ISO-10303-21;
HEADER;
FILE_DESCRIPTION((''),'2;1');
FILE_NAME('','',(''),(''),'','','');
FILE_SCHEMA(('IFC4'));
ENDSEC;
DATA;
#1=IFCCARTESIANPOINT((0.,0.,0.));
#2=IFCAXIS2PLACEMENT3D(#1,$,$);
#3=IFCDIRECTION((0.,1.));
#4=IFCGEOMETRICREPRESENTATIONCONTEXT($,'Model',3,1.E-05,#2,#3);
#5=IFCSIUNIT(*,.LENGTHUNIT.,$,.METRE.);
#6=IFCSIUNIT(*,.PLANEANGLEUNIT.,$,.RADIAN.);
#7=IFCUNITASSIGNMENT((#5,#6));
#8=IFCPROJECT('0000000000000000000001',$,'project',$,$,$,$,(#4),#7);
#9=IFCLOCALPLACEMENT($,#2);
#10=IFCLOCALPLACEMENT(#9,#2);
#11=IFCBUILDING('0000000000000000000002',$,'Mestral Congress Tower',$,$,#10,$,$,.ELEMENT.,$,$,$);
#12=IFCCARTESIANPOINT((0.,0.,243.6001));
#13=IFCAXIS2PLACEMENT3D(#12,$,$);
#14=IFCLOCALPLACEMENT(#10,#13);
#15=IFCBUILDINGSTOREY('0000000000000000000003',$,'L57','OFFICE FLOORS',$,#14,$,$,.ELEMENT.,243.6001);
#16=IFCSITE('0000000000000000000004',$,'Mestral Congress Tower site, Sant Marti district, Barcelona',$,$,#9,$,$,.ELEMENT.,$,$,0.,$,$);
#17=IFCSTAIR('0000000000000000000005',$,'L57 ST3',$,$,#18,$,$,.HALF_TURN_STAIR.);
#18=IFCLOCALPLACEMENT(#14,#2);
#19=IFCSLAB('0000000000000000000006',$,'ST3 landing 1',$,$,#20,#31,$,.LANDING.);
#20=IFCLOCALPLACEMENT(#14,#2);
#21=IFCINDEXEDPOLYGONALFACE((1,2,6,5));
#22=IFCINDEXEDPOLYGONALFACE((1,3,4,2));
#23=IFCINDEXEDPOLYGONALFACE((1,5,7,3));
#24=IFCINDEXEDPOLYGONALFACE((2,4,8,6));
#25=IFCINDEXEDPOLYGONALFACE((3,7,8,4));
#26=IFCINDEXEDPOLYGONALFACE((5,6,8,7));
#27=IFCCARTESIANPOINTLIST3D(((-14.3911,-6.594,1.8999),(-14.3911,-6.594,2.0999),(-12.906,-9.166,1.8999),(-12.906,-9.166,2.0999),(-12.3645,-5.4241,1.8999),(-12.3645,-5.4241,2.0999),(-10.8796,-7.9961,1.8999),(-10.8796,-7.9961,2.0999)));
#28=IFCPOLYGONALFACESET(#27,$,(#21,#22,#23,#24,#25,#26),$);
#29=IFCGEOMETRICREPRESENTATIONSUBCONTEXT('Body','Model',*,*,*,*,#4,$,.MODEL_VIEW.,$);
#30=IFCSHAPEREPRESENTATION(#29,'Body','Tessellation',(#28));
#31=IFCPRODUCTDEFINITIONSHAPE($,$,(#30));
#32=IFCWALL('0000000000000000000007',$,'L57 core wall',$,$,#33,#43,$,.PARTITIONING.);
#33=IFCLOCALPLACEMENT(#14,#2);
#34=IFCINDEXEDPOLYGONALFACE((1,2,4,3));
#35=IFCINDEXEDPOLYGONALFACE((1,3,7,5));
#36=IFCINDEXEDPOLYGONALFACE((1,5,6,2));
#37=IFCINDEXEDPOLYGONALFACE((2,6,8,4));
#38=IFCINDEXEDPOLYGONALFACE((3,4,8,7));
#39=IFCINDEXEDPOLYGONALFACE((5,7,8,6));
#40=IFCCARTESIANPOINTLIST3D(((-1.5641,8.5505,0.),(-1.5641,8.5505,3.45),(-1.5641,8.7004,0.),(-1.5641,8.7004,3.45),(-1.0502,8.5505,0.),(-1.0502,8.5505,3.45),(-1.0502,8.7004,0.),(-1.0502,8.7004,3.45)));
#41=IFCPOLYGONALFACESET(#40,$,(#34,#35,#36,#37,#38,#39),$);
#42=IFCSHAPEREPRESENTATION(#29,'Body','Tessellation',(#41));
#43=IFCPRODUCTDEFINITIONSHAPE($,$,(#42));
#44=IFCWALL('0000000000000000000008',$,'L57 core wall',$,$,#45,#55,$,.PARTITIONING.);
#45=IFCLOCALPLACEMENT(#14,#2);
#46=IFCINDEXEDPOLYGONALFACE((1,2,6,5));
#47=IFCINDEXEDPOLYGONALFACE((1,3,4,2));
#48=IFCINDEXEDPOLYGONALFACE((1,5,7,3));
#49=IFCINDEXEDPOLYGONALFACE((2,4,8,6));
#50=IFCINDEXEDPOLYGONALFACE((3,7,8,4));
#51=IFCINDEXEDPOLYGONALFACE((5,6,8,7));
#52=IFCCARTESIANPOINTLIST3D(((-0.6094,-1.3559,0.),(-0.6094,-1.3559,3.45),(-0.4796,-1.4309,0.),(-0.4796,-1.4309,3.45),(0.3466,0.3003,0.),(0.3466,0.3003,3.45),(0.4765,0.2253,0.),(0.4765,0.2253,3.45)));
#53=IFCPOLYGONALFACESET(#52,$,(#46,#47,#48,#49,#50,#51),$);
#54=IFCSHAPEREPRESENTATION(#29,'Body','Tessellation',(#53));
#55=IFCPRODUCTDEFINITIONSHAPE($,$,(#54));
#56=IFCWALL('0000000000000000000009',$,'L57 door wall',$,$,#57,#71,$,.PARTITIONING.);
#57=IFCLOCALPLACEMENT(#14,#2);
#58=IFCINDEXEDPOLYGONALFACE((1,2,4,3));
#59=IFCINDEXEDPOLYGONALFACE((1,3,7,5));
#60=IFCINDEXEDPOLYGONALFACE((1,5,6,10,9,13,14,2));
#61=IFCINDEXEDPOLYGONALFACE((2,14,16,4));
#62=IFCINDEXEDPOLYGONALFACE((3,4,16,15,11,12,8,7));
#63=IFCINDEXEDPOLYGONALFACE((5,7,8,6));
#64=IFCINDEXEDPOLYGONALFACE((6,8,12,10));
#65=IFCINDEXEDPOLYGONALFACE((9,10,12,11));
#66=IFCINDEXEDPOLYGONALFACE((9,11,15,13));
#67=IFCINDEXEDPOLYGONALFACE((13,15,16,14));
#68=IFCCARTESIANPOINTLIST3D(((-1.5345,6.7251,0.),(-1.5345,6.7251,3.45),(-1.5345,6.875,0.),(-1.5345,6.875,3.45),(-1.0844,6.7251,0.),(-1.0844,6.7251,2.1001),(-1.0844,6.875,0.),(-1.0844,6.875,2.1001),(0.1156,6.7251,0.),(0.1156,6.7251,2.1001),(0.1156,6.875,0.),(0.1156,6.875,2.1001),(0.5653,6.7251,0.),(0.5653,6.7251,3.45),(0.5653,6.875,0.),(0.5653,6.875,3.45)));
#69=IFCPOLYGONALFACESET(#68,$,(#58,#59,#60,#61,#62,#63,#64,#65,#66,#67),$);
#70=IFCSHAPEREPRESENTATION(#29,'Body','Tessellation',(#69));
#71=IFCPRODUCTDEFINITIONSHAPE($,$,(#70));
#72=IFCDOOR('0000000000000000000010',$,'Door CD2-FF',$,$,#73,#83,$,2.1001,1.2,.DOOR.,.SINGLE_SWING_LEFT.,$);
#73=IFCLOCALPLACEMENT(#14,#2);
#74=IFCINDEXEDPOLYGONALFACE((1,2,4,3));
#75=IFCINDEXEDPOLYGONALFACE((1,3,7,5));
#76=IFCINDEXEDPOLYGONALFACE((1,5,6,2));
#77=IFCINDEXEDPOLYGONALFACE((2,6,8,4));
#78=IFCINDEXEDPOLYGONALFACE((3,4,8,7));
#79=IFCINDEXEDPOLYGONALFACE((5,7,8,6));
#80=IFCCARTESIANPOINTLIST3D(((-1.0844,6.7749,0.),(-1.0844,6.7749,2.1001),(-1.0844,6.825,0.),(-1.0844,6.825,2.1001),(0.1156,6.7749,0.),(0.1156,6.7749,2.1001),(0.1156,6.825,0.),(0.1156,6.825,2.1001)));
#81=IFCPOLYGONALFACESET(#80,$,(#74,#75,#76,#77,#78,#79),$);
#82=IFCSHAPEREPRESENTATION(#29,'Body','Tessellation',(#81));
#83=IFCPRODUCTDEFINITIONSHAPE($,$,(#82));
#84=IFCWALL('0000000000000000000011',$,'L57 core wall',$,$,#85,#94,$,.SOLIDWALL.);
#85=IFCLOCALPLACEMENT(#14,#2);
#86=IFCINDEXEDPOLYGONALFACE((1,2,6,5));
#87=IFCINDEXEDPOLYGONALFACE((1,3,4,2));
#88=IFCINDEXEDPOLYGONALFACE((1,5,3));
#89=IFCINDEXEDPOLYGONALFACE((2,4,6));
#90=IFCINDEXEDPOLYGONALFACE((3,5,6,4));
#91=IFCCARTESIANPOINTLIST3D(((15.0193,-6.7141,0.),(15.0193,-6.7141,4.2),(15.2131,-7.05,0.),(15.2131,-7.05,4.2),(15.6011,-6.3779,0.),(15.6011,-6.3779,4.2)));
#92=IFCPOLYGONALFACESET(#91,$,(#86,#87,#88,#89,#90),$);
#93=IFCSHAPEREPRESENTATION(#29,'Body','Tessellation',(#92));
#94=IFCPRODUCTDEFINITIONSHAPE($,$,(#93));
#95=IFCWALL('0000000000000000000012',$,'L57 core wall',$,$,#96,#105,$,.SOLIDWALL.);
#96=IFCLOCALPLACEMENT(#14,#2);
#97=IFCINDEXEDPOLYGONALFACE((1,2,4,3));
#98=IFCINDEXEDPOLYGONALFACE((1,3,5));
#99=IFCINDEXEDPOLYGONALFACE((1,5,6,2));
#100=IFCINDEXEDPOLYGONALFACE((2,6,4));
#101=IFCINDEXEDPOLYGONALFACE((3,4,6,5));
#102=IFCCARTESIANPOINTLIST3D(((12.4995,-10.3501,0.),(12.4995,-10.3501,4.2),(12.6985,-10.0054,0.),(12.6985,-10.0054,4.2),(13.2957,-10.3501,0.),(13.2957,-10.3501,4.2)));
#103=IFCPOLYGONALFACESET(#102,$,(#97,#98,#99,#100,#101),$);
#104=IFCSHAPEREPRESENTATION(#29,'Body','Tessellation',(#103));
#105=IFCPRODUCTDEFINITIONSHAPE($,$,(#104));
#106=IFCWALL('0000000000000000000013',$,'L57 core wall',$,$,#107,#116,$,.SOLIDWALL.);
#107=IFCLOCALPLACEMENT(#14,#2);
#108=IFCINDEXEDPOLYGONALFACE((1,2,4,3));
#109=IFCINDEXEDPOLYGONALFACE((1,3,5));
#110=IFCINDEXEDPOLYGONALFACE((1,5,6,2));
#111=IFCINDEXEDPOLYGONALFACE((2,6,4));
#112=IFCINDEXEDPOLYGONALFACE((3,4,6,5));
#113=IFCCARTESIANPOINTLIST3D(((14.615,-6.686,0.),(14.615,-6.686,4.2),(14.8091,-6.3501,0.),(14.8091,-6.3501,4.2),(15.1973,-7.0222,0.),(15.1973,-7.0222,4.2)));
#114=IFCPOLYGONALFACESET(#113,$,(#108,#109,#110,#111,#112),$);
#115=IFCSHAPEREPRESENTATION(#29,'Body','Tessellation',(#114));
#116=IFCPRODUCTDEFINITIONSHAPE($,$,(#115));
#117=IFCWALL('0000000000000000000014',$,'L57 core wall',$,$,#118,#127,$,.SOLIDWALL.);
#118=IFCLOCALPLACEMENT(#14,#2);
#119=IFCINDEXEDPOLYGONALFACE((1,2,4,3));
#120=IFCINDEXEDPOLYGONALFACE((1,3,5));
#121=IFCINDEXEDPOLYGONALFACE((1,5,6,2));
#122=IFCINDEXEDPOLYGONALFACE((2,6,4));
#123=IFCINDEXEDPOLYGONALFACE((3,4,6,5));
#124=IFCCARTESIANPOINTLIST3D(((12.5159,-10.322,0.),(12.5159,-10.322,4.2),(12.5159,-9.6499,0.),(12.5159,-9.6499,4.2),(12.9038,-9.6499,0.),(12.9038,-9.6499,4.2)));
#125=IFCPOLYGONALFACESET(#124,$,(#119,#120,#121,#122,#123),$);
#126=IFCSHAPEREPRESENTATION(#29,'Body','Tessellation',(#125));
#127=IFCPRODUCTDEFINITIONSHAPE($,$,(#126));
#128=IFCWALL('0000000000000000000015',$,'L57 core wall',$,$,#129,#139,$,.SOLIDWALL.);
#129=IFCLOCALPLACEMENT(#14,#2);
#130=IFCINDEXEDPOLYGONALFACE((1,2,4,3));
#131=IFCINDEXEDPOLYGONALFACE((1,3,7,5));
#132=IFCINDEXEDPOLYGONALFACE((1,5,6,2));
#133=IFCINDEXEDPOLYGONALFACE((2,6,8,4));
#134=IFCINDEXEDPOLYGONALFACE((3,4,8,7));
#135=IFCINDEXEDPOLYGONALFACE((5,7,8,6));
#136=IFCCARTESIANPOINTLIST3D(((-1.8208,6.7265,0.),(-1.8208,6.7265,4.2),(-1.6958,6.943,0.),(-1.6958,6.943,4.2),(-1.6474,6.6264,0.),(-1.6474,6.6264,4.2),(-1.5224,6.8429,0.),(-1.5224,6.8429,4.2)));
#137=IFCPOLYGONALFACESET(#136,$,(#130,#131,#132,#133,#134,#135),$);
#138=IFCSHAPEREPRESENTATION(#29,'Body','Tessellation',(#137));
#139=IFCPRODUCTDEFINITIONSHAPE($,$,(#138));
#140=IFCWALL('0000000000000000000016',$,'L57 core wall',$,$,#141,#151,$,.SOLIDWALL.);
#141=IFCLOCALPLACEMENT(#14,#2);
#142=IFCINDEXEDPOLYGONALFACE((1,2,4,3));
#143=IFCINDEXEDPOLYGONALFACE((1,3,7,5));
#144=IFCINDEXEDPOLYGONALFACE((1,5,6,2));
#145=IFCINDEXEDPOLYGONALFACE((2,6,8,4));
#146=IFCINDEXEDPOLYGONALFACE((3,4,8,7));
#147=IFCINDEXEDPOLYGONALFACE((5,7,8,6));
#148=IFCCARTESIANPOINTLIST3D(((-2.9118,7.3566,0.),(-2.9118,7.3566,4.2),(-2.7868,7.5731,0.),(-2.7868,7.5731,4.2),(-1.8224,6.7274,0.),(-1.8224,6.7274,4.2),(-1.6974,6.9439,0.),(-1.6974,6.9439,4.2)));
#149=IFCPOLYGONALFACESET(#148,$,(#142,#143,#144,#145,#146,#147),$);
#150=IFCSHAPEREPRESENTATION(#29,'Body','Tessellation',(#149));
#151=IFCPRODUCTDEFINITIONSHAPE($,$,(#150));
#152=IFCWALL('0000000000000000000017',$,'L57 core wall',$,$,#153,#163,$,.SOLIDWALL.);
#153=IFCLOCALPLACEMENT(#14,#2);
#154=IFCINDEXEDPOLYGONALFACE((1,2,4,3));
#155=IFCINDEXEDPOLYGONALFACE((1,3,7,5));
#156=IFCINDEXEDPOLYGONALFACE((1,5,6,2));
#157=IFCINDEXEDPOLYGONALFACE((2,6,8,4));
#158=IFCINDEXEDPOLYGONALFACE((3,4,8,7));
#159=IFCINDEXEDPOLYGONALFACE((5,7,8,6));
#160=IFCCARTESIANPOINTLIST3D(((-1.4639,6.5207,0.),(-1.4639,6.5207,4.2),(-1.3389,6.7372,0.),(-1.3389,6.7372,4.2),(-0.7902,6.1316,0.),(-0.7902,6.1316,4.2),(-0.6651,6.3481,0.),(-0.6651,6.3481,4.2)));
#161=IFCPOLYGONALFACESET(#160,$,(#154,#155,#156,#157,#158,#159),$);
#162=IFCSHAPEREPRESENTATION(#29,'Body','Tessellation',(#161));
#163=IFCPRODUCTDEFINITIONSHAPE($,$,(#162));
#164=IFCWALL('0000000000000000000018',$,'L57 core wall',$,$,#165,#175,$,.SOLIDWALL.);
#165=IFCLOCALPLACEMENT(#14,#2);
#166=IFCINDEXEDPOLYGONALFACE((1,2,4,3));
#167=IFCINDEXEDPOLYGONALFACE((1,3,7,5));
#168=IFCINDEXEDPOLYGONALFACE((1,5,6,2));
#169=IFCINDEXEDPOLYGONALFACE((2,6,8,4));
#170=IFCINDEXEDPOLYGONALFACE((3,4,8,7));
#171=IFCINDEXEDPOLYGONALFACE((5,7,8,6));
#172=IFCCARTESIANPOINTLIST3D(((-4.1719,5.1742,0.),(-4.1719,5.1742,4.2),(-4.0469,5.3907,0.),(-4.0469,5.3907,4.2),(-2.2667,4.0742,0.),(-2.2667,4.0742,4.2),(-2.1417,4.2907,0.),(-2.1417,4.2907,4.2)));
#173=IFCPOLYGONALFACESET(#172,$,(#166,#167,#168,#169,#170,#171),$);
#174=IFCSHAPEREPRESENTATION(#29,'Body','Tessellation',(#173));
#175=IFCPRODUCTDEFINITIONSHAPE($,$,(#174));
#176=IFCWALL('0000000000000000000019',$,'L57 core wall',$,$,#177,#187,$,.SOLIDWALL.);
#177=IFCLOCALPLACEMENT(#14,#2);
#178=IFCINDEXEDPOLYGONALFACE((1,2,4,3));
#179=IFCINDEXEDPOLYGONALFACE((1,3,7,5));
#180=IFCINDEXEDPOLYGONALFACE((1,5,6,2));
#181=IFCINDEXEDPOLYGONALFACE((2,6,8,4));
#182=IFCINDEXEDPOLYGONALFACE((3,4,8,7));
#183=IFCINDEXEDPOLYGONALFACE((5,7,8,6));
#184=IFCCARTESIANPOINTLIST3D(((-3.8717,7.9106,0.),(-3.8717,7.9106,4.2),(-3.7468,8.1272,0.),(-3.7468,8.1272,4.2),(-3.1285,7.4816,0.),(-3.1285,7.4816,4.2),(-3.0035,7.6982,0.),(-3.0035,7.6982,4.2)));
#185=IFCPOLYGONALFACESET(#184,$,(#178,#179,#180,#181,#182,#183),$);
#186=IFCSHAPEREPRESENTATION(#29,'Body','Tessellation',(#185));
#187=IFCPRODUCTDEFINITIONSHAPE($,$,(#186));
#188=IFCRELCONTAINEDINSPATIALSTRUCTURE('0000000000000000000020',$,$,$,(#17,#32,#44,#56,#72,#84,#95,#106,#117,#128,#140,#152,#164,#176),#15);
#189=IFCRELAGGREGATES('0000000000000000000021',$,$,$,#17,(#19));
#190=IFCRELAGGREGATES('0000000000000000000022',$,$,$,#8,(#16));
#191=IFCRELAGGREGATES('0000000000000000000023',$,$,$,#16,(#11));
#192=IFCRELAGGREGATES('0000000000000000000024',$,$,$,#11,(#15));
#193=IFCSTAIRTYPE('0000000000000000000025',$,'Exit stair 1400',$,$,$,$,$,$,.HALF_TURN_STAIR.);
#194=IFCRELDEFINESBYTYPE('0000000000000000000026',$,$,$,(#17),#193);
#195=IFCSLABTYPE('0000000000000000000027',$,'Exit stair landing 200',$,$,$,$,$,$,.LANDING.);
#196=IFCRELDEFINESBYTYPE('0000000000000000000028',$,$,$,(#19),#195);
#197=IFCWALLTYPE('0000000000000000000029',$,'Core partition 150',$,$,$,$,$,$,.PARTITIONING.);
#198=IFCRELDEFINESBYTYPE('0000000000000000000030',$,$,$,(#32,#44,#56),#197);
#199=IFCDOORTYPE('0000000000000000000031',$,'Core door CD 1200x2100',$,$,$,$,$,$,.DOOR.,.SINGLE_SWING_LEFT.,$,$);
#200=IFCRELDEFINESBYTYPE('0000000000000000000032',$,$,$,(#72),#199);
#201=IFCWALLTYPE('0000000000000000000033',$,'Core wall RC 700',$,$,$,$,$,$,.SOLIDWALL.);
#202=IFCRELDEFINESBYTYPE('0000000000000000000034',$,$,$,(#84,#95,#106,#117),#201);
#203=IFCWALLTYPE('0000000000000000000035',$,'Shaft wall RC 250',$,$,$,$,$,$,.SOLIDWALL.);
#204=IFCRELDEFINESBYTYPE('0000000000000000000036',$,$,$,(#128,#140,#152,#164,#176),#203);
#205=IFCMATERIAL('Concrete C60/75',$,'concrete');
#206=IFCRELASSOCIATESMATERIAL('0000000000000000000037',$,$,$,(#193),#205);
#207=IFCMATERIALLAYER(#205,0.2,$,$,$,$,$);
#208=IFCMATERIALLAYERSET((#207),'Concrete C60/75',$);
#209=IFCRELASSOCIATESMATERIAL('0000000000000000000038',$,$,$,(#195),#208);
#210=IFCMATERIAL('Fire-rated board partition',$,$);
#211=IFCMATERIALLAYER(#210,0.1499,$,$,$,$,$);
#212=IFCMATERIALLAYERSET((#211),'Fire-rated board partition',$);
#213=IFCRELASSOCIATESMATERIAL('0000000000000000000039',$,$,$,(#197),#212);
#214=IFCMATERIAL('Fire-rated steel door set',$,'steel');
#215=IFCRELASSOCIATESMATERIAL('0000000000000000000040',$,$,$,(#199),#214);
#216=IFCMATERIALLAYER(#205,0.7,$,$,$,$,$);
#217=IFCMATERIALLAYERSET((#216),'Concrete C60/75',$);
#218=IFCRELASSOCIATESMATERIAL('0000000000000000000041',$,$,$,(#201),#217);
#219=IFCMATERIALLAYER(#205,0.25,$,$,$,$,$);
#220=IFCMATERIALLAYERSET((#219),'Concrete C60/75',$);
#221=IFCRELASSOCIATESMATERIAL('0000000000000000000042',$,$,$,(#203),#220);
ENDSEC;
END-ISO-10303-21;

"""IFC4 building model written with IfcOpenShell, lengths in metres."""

from ifc_helpers import new_model, si_unit, direction, frame, frame_2d, origin, place, context, subcontext, project, spatial, polyline, rectangle, outline, extrude, material, layer, layer_set, type_object, element, fill, aggregate, save


model = new_model("IFC4")

# Units and contexts
model_context = context("Model", 3, precision=1e-05, world=origin(), true_north=direction((0.0, 1.0)))
body_context = subcontext(model_context, "Body", "Model", "MODEL_VIEW")
ifc_project = project(units=[si_unit("LENGTHUNIT", "METRE"), si_unit("PLANEANGLEUNIT", "RADIAN")], contexts=[model_context])

# Site, building, storey
site_placement = place(None, origin())
site = spatial("IfcSite", under=ifc_project, at=site_placement, Name="Mestral Congress Tower site, Sant Marti district, Barcelona", CompositionType="ELEMENT", RefElevation=0.0)
building_placement = place(site_placement, origin())
building = spatial("IfcBuilding", under=site, at=building_placement, Name="Mestral Congress Tower", CompositionType="ELEMENT")
storey_placement = place(building_placement, frame((0.0, 0.0, 243.6001)))
storey = spatial("IfcBuildingStorey", under=building, at=storey_placement, Name="L57", Description="OFFICE FLOORS", CompositionType="ELEMENT", Elevation=243.6001)

# Shared definitions
ifc_material_1 = material(Name="Concrete C60/75", Category="concrete")

# Stair, slab
stair_type = type_object("IfcStairType", Name="Exit stair 1400", PredefinedType="HALF_TURN_STAIR", material=ifc_material_1)
placement_1 = place(storey_placement, origin())
ifc_layer_1 = layer(ifc_material_1, 0.2)
ifc_layer_set_1 = layer_set([ifc_layer_1], Name="Concrete C60/75")
slab_type_1 = type_object("IfcSlabType", Name="Exit stair landing 200", PredefinedType="LANDING", material=ifc_layer_set_1)
placement_2 = place(storey_placement, frame((0.0, 0.0, 1.8999)))
stair_1 = element("IfcStair", 1, at=placement_1, inside=storey, type_object=stair_type, Name="L57 ST3", PredefinedType="HALF_TURN_STAIR")
slab_1 = element("IfcSlab", 2, at=placement_2, type_object=slab_type_1, Name="ST3 landing 1", PredefinedType="LANDING", context=body_context, shape_type="SweptSolid", body=[
    extrude(outline(polyline([(-12.3645, -5.4241), (-10.8796, -7.9961), (-12.906, -9.166), (-14.3911, -6.594), (-12.3645, -5.4241)])), origin(), (0.0, 0.0, 1.0), 0.2),
])
aggregate(stair_1, [slab_1])

# Walls
ifc_material_2 = material(Name="Fire-rated board partition")
ifc_layer_2 = layer(ifc_material_2, 0.1499)
ifc_layer_set_2 = layer_set([ifc_layer_2], Name="Fire-rated board partition")
wall_type_1 = type_object("IfcWallType", Name="Core partition 150", PredefinedType="PARTITIONING", material=ifc_layer_set_2)
wall_1_placement = place(storey_placement, frame((-1.564, 8.6255, 0.0), z_axis=(0.0, 0.0, 1.0), x_axis=(1.0, 0.0, 0.0)))
element("IfcWall", 3, at=wall_1_placement, inside=storey, type_object=wall_type_1, Name="L57 core wall", PredefinedType="PARTITIONING", context=body_context, shape_type="SweptSolid", body=[
    extrude(rectangle(XDim=0.5139, YDim=0.1499, at=frame_2d((0.2568, 0.0))), origin(), (0.0, 0.0, 1.0), 3.45),
])
wall_2_placement = place(storey_placement, frame((-0.5444, -1.3933, 0.0), z_axis=(0.0, 0.0, 1.0), x_axis=(0.499929, 0.866067, 0.0)))
element("IfcWall", 4, at=wall_2_placement, inside=storey, type_object=wall_type_1, Name="L57 core wall", PredefinedType="PARTITIONING", context=body_context, shape_type="SweptSolid", body=[
    extrude(rectangle(XDim=1.9124, YDim=0.1499, at=frame_2d((0.9561, 0.0))), origin(), (0.0, 0.0, 1.0), 3.45),
])

# Wall, opening, door
wall_3_placement = place(storey_placement, frame((-1.5344, 6.8, 0.0), z_axis=(0.0, 0.0, 1.0), x_axis=(1.0, 0.0, 0.0)))
wall_3 = element("IfcWall", 5, at=wall_3_placement, inside=storey, type_object=wall_type_1, Name="L57 door wall", PredefinedType="PARTITIONING", context=body_context, shape_type="SweptSolid", body=[
    extrude(rectangle(XDim=2.0999, YDim=0.1499, at=frame_2d((1.0498, 0.0))), origin(), (0.0, 0.0, 1.0), 3.45),
])
opening_1_placement = place(wall_3_placement, frame((0.45, 0.0, 0.0)))
opening_1 = element("IfcOpeningElement", 6, at=opening_1_placement, cuts=wall_3, PredefinedType="OPENING", context=body_context, shape_type="SweptSolid", body=[
    extrude(rectangle(XDim=1.2, YDim=2.1001, at=frame_2d((0.6001, 1.05))), frame((0.0, 0.085, 0.0), z_axis=(0.0, -1.0, 0.0), x_axis=(1.0, 0.0, 0.0)), (0.0, 0.0, 1.0), 0.1699),
])
ifc_material_3 = material(Name="Fire-rated steel door set", Category="steel")
door_type_1 = type_object("IfcDoorType", Name="Core door CD 1200x2100", OperationType="SINGLE_SWING_LEFT", PredefinedType="DOOR", material=ifc_material_3)
door_1_placement = place(opening_1_placement, origin())
door_1 = element("IfcDoor", 7, at=door_1_placement, inside=storey, type_object=door_type_1, Name="Door CD2-FF", OperationType="SINGLE_SWING_LEFT", OverallHeight=2.1001, OverallWidth=1.2, PredefinedType="DOOR", context=body_context, shape_type="SweptSolid", body=[
    extrude(rectangle(XDim=1.2, YDim=2.1001, at=frame_2d((0.6001, 1.05))), frame((0.0, 0.0249, 0.0), z_axis=(0.0, -1.0, 0.0), x_axis=(1.0, 0.0, 0.0)), (0.0, 0.0, 1.0), 0.05),
])
fill(opening_1, door_1)

# Walls
ifc_layer_3 = layer(ifc_material_1, 0.7)
ifc_layer_set_3 = layer_set([ifc_layer_3], Name="Concrete C60/75")
wall_type_2 = type_object("IfcWallType", Name="Core wall RC 700", PredefinedType="SOLIDWALL", material=ifc_layer_set_3)
element("IfcWall", 8, at=placement_1, inside=storey, type_object=wall_type_2, Name="L57 core wall", PredefinedType="SOLIDWALL", context=body_context, shape_type="SweptSolid", body=[
    extrude(outline(polyline([(15.2131, -7.05), (15.0193, -6.7141), (15.6011, -6.3779), (15.2131, -7.05)])), origin(), (0.0, 0.0, 1.0), 4.2),
])
element("IfcWall", 9, at=placement_1, inside=storey, type_object=wall_type_2, Name="L57 core wall", PredefinedType="SOLIDWALL", context=body_context, shape_type="SweptSolid", body=[
    extrude(outline(polyline([(12.4995, -10.3501), (12.6985, -10.0054), (13.2957, -10.3501), (12.4995, -10.3501)])), origin(), (0.0, 0.0, 1.0), 4.2),
])
element("IfcWall", 10, at=placement_1, inside=storey, type_object=wall_type_2, Name="L57 core wall", PredefinedType="SOLIDWALL", context=body_context, shape_type="SweptSolid", body=[
    extrude(outline(polyline([(14.8091, -6.3501), (15.1973, -7.0222), (14.615, -6.686), (14.8091, -6.3501)])), origin(), (0.0, 0.0, 1.0), 4.2),
])
element("IfcWall", 11, at=placement_1, inside=storey, type_object=wall_type_2, Name="L57 core wall", PredefinedType="SOLIDWALL", context=body_context, shape_type="SweptSolid", body=[
    extrude(outline(polyline([(12.9038, -9.6499), (12.5159, -10.322), (12.5159, -9.6499), (12.9038, -9.6499)])), origin(), (0.0, 0.0, 1.0), 4.2),
])
ifc_layer_4 = layer(ifc_material_1, 0.25)
ifc_layer_set_4 = layer_set([ifc_layer_4], Name="Concrete C60/75")
wall_type_3 = type_object("IfcWallType", Name="Shaft wall RC 250", PredefinedType="SOLIDWALL", material=ifc_layer_set_4)
wall_4_placement = place(storey_placement, frame((-1.7583, 6.8347, 0.0), z_axis=(0.0, 0.0, 1.0), x_axis=(0.865982, -0.500074, 0.0)))
element("IfcWall", 12, at=wall_4_placement, inside=storey, type_object=wall_type_3, Name="L57 core wall", PredefinedType="SOLIDWALL", context=body_context, shape_type="SweptSolid", body=[
    extrude(rectangle(XDim=0.2002, YDim=0.25, at=frame_2d((0.1001, 0.0))), origin(), (0.0, 0.0, 1.0), 4.2),
])
wall_5_placement = place(storey_placement, frame((-1.76, 6.8357, 0.0), z_axis=(0.0, 0.0, 1.0), x_axis=(-0.865953, 0.500126, 0.0)))
element("IfcWall", 13, at=wall_5_placement, inside=storey, type_object=wall_type_3, Name="L57 core wall", PredefinedType="SOLIDWALL", context=body_context, shape_type="SweptSolid", body=[
    extrude(rectangle(XDim=1.2581, YDim=0.25, at=frame_2d((0.6289, 0.0))), origin(), (0.0, 0.0, 1.0), 4.2),
])
wall_6_placement = place(storey_placement, frame((-0.7275, 6.2397, 0.0), z_axis=(0.0, 0.0, 1.0), x_axis=(-0.865956, 0.500121, 0.0)))
element("IfcWall", 14, at=wall_6_placement, inside=storey, type_object=wall_type_3, Name="L57 core wall", PredefinedType="SOLIDWALL", context=body_context, shape_type="SweptSolid", body=[
    extrude(rectangle(XDim=0.7781, YDim=0.25, at=frame_2d((0.3892, 0.0))), origin(), (0.0, 0.0, 1.0), 4.2),
])
wall_7_placement = place(storey_placement, frame((-2.2041, 4.1824, 0.0), z_axis=(0.0, 0.0, 1.0), x_axis=(-0.866008, 0.50003, 0.0)))
element("IfcWall", 15, at=wall_7_placement, inside=storey, type_object=wall_type_3, Name="L57 core wall", PredefinedType="SOLIDWALL", context=body_context, shape_type="SweptSolid", body=[
    extrude(rectangle(XDim=2.2, YDim=0.25, at=frame_2d((1.1001, 0.0))), origin(), (0.0, 0.0, 1.0), 4.2),
])
wall_8_placement = place(storey_placement, frame((-3.0659, 7.5898, 0.0), z_axis=(0.0, 0.0, 1.0), x_axis=(-0.866081, 0.499903, 0.0)))
element("IfcWall", 16, at=wall_8_placement, inside=storey, type_object=wall_type_3, Name="L57 core wall", PredefinedType="SOLIDWALL", context=body_context, shape_type="SweptSolid", body=[
    extrude(rectangle(XDim=0.8582, YDim=0.25, at=frame_2d((0.4292, 0.0))), origin(), (0.0, 0.0, 1.0), 4.2),
])

save(model, "model.ifc")
